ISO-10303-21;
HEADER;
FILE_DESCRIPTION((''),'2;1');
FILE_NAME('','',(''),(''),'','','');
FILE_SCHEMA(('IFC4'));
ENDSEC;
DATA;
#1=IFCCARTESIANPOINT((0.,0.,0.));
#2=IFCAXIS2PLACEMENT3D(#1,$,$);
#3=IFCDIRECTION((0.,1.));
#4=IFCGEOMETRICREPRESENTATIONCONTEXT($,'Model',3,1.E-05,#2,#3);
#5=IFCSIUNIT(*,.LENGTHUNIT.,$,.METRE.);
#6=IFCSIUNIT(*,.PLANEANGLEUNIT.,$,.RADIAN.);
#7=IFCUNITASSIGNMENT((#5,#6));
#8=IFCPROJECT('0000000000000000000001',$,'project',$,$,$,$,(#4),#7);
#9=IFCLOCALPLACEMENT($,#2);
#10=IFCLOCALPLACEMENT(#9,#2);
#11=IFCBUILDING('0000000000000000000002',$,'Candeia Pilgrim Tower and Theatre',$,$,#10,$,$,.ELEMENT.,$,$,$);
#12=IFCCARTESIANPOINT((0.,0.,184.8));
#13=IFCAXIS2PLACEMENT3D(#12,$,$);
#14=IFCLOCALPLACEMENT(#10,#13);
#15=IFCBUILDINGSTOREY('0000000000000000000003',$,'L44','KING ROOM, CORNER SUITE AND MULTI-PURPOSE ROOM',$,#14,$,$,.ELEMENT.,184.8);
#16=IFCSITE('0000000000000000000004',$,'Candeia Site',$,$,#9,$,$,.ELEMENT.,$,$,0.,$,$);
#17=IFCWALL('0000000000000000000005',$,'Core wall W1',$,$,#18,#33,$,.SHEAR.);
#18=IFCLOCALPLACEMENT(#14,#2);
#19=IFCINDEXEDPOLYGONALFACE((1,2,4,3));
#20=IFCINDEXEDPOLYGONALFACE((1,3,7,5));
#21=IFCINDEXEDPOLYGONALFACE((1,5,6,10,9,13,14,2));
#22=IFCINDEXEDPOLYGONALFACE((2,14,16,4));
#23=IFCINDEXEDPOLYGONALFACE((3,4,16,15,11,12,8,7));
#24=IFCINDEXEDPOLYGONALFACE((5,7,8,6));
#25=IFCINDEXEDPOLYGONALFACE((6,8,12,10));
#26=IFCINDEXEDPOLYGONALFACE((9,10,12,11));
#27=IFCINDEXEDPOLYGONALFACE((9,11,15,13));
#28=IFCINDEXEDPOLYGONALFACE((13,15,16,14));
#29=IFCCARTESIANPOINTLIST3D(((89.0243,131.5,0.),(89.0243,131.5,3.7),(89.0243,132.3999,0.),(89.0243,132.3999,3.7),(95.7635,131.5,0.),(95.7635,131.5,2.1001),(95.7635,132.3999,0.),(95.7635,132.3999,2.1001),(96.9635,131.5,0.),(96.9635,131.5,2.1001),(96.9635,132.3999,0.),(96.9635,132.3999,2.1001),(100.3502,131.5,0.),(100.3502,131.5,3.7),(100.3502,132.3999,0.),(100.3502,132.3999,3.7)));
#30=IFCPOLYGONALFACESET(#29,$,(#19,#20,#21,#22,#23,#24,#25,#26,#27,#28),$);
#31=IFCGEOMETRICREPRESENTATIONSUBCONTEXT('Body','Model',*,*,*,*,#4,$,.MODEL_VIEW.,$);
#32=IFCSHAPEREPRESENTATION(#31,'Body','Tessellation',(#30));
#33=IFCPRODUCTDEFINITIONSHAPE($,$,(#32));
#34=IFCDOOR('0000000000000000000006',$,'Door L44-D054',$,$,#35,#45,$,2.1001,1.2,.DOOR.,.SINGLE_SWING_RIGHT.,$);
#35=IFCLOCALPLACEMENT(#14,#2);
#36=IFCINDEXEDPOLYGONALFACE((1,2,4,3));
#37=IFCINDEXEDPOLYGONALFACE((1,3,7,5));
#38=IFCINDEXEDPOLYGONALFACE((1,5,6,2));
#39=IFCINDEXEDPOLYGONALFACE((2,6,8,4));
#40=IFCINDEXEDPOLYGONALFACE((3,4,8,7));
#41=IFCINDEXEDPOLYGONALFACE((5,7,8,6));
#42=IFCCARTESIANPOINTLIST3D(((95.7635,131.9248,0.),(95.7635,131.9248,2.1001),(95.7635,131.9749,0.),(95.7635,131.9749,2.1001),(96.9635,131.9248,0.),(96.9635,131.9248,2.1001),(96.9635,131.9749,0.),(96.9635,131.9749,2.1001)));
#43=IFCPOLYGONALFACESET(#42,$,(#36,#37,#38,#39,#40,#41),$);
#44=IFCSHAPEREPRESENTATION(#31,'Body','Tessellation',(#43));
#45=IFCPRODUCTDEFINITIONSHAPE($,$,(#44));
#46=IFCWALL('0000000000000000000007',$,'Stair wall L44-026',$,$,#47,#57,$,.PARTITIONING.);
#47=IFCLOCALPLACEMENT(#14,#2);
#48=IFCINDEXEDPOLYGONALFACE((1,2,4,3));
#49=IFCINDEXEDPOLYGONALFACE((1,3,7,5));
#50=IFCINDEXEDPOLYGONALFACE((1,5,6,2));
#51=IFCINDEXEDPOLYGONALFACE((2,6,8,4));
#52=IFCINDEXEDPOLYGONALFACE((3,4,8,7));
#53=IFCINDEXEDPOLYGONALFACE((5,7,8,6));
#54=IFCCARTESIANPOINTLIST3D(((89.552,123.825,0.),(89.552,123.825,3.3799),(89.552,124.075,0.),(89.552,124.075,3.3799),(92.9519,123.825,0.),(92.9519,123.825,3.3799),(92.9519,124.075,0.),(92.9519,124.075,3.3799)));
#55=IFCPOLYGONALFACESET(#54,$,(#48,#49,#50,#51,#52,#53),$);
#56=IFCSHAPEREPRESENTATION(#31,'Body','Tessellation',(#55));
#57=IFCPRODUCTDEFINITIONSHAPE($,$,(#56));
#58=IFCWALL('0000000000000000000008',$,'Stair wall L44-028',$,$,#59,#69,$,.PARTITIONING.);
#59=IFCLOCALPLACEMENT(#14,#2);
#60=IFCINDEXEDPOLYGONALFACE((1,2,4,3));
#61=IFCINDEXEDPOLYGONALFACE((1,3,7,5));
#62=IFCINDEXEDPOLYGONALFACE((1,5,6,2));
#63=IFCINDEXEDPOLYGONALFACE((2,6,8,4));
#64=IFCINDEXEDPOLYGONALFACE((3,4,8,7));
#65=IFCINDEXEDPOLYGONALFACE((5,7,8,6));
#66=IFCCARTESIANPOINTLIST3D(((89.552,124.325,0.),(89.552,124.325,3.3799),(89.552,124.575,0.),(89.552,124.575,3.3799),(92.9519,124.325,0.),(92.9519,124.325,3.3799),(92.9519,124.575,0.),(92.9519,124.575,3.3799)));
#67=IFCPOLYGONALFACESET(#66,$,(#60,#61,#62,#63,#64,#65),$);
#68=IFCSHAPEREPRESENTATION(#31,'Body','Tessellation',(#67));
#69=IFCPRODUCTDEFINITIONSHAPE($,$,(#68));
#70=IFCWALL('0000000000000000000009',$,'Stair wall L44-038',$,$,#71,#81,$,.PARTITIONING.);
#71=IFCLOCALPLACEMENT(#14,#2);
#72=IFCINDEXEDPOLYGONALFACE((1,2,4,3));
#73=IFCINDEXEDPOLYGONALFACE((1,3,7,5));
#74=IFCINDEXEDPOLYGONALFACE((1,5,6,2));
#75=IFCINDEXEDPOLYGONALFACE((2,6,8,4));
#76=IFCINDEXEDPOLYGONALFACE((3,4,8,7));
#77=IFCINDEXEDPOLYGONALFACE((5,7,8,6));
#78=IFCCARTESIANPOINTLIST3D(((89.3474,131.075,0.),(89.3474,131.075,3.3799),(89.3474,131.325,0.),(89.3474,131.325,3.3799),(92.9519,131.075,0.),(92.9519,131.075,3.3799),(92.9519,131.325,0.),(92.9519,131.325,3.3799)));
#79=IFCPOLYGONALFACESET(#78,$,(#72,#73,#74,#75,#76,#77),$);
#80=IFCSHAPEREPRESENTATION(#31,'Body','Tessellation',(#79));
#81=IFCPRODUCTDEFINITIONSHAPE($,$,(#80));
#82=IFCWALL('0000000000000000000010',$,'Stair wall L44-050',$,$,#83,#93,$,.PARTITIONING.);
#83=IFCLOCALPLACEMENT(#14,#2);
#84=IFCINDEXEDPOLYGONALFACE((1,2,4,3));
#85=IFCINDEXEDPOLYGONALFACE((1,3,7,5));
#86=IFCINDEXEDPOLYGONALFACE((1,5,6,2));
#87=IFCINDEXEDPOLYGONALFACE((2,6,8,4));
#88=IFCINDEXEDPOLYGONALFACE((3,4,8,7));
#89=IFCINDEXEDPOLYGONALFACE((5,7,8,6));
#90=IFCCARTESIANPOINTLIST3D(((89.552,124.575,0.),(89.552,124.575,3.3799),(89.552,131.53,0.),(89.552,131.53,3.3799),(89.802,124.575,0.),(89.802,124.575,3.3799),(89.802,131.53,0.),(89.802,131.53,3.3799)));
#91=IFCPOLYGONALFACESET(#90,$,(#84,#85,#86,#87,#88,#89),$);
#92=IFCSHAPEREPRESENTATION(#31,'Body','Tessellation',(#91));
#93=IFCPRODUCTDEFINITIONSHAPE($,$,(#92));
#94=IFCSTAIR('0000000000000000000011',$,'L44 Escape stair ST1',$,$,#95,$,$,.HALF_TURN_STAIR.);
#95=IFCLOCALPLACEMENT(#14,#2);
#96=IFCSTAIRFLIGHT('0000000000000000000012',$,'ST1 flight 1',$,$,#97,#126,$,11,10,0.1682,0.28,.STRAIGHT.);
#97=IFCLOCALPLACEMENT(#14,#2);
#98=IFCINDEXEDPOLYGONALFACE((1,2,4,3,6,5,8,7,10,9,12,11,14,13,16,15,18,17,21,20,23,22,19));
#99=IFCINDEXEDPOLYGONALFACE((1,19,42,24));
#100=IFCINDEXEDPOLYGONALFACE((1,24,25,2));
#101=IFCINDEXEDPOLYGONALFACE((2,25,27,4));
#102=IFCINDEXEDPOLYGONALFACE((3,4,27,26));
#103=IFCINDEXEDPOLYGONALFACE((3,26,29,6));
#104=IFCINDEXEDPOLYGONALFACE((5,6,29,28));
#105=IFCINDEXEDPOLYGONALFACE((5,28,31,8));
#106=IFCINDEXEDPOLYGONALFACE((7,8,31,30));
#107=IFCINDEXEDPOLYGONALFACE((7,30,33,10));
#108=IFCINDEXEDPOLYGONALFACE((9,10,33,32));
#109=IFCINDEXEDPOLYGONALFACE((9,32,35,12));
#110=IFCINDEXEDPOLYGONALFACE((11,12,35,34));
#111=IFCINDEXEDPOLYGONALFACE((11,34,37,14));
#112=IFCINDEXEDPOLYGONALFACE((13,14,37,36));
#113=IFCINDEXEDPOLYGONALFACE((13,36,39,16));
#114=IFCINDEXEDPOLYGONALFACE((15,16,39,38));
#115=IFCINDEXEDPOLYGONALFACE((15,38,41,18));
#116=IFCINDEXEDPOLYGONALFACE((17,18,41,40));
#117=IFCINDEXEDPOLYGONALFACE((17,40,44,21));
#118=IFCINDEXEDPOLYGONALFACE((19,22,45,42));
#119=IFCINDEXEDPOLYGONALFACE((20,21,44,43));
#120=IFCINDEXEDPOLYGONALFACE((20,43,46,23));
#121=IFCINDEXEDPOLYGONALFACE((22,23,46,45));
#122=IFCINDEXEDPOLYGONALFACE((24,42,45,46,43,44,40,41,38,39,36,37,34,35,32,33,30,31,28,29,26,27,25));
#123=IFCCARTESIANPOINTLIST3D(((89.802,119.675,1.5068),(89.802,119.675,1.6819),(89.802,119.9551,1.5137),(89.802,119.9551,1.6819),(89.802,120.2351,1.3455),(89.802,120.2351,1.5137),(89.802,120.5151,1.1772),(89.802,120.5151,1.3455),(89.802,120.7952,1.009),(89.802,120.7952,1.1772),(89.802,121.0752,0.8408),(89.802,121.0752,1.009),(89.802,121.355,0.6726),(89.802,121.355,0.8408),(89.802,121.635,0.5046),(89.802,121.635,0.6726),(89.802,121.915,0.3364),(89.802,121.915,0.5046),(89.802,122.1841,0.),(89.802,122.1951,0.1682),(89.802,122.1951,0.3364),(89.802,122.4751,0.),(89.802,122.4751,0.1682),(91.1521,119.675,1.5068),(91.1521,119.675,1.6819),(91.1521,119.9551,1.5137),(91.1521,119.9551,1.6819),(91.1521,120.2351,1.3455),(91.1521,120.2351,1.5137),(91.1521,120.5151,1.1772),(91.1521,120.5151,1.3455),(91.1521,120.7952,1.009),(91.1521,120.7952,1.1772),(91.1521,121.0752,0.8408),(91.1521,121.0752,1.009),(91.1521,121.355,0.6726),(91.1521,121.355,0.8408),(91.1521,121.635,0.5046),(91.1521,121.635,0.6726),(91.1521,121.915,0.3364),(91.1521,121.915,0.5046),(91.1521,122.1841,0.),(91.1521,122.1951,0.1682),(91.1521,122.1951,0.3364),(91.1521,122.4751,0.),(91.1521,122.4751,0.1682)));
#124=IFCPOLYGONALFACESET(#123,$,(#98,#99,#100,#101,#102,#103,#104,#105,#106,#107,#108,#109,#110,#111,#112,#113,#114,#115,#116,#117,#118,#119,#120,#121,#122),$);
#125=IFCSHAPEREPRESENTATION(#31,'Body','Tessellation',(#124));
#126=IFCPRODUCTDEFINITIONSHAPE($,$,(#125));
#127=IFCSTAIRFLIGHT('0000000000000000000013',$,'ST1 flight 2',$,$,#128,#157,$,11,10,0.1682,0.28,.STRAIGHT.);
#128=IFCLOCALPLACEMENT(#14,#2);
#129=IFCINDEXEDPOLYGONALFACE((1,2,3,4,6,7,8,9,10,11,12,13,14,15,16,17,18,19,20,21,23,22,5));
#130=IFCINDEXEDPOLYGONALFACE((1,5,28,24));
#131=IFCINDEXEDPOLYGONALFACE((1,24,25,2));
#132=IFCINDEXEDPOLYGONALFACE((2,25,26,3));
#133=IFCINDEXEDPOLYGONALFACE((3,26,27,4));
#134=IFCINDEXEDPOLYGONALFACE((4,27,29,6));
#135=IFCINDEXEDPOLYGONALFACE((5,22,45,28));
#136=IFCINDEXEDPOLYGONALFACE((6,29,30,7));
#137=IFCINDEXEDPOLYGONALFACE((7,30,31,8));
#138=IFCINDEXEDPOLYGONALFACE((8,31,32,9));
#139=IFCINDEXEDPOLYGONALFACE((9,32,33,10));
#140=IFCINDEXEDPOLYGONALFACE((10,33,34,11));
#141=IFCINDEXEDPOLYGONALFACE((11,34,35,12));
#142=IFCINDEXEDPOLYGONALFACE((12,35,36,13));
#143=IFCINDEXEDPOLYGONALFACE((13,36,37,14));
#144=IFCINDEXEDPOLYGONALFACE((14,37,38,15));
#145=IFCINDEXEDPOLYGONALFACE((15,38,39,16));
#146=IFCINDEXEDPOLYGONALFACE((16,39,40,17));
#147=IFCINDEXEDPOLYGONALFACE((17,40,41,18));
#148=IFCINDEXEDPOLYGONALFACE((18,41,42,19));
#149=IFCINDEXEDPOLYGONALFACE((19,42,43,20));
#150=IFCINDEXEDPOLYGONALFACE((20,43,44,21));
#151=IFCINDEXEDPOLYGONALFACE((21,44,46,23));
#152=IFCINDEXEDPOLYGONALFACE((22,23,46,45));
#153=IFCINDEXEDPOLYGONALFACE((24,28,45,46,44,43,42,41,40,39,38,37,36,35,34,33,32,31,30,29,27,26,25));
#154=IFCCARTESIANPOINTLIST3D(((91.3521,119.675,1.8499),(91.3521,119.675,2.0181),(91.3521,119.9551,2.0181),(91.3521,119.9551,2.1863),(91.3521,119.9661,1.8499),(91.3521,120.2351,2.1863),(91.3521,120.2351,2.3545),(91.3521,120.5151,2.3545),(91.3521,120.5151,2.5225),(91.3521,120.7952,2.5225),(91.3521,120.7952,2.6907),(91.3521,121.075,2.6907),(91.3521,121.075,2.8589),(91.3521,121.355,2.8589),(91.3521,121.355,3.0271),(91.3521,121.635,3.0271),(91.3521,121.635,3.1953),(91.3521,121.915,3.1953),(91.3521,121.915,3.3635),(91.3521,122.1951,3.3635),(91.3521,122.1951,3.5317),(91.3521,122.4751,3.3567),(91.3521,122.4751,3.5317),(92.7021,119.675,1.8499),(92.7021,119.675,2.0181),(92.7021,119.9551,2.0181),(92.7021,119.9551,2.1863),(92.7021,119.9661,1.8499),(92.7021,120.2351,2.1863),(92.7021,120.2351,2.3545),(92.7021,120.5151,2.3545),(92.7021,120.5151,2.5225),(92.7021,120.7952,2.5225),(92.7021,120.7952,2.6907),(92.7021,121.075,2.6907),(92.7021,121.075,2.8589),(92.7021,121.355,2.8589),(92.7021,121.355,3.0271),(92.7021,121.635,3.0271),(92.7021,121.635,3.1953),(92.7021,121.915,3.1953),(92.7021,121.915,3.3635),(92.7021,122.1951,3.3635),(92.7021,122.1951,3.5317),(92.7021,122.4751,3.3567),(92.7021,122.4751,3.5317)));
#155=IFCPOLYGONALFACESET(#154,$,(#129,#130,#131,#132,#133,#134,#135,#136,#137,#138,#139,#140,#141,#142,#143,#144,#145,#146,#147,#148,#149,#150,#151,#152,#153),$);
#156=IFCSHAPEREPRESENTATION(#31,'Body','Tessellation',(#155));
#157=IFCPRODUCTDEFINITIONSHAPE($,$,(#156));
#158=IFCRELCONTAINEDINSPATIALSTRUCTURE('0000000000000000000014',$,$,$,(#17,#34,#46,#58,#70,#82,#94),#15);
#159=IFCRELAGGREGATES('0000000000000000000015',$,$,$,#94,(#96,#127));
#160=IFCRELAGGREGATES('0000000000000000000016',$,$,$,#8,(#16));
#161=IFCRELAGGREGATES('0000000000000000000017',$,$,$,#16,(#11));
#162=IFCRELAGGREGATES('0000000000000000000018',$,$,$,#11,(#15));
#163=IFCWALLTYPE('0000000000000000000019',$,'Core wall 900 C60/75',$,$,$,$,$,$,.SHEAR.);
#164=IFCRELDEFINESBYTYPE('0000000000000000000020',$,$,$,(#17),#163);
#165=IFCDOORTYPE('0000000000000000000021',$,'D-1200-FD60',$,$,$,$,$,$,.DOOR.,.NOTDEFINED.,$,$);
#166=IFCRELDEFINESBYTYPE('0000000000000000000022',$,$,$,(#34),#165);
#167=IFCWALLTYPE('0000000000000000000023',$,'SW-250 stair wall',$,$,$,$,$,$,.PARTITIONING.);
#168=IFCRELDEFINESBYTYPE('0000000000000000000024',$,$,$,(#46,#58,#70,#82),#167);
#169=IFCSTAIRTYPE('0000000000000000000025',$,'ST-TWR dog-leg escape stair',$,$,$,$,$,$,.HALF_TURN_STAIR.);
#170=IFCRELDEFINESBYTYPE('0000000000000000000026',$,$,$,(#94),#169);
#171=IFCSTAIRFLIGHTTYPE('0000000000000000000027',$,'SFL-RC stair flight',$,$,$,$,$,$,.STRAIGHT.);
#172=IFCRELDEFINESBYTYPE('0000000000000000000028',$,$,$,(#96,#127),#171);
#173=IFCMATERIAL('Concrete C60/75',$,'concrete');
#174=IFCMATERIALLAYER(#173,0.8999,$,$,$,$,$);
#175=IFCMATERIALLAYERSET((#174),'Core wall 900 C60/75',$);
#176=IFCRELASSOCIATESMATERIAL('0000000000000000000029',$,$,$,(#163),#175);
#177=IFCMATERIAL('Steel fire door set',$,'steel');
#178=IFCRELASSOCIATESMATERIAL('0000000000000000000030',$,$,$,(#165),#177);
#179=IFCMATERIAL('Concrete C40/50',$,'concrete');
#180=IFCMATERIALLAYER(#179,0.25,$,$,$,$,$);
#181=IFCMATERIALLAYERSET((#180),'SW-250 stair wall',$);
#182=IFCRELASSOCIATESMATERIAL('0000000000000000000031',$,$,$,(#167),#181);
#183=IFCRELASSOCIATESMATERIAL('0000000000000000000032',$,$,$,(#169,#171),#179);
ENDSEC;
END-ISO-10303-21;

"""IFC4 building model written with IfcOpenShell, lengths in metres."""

from ifc_helpers import new_model, si_unit, direction, frame, frame_2d, origin, place, context, subcontext, project, spatial, polyline, rectangle, outline, extrude, material, layer, layer_set, type_object, element, fill, aggregate, save


model = new_model("IFC4")

# Units and contexts
model_context = context("Model", 3, precision=1e-05, world=origin(), true_north=direction((0.0, 1.0)))
body_context = subcontext(model_context, "Body", "Model", "MODEL_VIEW")
ifc_project = project(units=[si_unit("LENGTHUNIT", "METRE"), si_unit("PLANEANGLEUNIT", "RADIAN")], contexts=[model_context])

# Site, building, storey
site_placement = place(None, origin())
site = spatial("IfcSite", under=ifc_project, at=site_placement, Name="Candeia Site", CompositionType="ELEMENT", RefElevation=0.0)
building_placement = place(site_placement, origin())
building = spatial("IfcBuilding", under=site, at=building_placement, Name="Candeia Pilgrim Tower and Theatre", CompositionType="ELEMENT")
storey_placement = place(building_placement, frame((0.0, 0.0, 184.8)))
storey = spatial("IfcBuildingStorey", under=building, at=storey_placement, Name="L44", Description="KING ROOM, CORNER SUITE AND MULTI-PURPOSE ROOM", CompositionType="ELEMENT", Elevation=184.8)

# Wall, opening, door
ifc_material_1 = material(Name="Concrete C60/75", Category="concrete")
ifc_layer_1 = layer(ifc_material_1, 0.8999)
ifc_layer_set_1 = layer_set([ifc_layer_1], Name="Core wall 900 C60/75")
wall_type_1 = type_object("IfcWallType", Name="Core wall 900 C60/75", PredefinedType="SHEAR", material=ifc_layer_set_1)
wall_1_placement = place(storey_placement, frame((89.0242, 131.95, 0.0), z_axis=(0.0, 0.0, 1.0), x_axis=(1.0, 0.0, 0.0)))
wall_1 = element("IfcWall", 1, at=wall_1_placement, inside=storey, type_object=wall_type_1, Name="Core wall W1", PredefinedType="SHEAR", context=body_context, shape_type="SweptSolid", body=[
    extrude(rectangle(XDim=11.3259, YDim=0.8999, at=frame_2d((5.6631, 0.0))), origin(), (0.0, 0.0, 1.0), 3.7),
])
opening_placement = place(wall_1_placement, frame((6.7393, 0.0, 0.0)))
opening = element("IfcOpeningElement", 2, at=opening_placement, cuts=wall_1, PredefinedType="OPENING", context=body_context, shape_type="SweptSolid", body=[
    extrude(rectangle(XDim=1.2, YDim=2.1001, at=frame_2d((0.6001, 1.05))), frame((0.0, 0.46, 0.0), z_axis=(0.0, -1.0, 0.0), x_axis=(1.0, 0.0, 0.0)), (0.0, 0.0, 1.0), 0.9199),
])
ifc_material_2 = material(Name="Steel fire door set", Category="steel")
door_type = type_object("IfcDoorType", Name="D-1200-FD60", OperationType="NOTDEFINED", PredefinedType="DOOR", material=ifc_material_2)
door_placement = place(opening_placement, origin())
door = element("IfcDoor", 3, at=door_placement, inside=storey, type_object=door_type, Name="Door L44-D054", OperationType="SINGLE_SWING_RIGHT", OverallHeight=2.1001, OverallWidth=1.2, PredefinedType="DOOR", context=body_context, shape_type="SweptSolid", body=[
    extrude(rectangle(XDim=1.2, YDim=2.1001, at=frame_2d((0.6001, 1.05))), frame((0.0, 0.0249, 0.0), z_axis=(0.0, -1.0, 0.0), x_axis=(1.0, 0.0, 0.0)), (0.0, 0.0, 1.0), 0.05),
])
fill(opening, door)

# Walls
ifc_material_3 = material(Name="Concrete C40/50", Category="concrete")
ifc_layer_2 = layer(ifc_material_3, 0.25)
ifc_layer_set_2 = layer_set([ifc_layer_2], Name="SW-250 stair wall")
wall_type_2 = type_object("IfcWallType", Name="SW-250 stair wall", PredefinedType="PARTITIONING", material=ifc_layer_set_2)
for number, where, z_axis, x_axis, name in (
    (4, (89.552, 123.95, 0.0), (0.0, 0.0, 1.0), (1.0, 0.0, 0.0), "Stair wall L44-026"),
    (5, (89.552, 124.45, 0.0), (0.0, 0.0, 1.0), (1.0, 0.0, 0.0), "Stair wall L44-028"),
):
    element("IfcWall", number, at=place(storey_placement, frame(where, z_axis=z_axis, x_axis=x_axis)), inside=storey, type_object=wall_type_2, Name=name, PredefinedType="PARTITIONING", context=body_context, shape_type="SweptSolid", body=[
        extrude(rectangle(XDim=3.3999, YDim=0.25, at=frame_2d((1.7, 0.0))), origin(), (0.0, 0.0, 1.0), 3.3799),
    ])
wall_2_placement = place(storey_placement, frame((89.3474, 131.2, 0.0), z_axis=(0.0, 0.0, 1.0), x_axis=(1.0, 0.0, 0.0)))
element("IfcWall", 6, at=wall_2_placement, inside=storey, type_object=wall_type_2, Name="Stair wall L44-038", PredefinedType="PARTITIONING", context=body_context, shape_type="SweptSolid", body=[
    extrude(rectangle(XDim=3.6045, YDim=0.25, at=frame_2d((1.8022, 0.0))), origin(), (0.0, 0.0, 1.0), 3.3799),
])
wall_3_placement = place(storey_placement, frame((89.677, 124.575, 0.0), z_axis=(0.0, 0.0, 1.0), x_axis=(0.0, 1.0, 0.0)))
element("IfcWall", 7, at=wall_3_placement, inside=storey, type_object=wall_type_2, Name="Stair wall L44-050", PredefinedType="PARTITIONING", context=body_context, shape_type="SweptSolid", body=[
    extrude(rectangle(XDim=6.9551, YDim=0.25, at=frame_2d((3.4775, 0.0))), origin(), (0.0, 0.0, 1.0), 3.3799),
])

# Stair, stair flights
stair_type = type_object("IfcStairType", Name="ST-TWR dog-leg escape stair", PredefinedType="HALF_TURN_STAIR", material=ifc_material_3)
stair_1_placement = place(storey_placement, origin())
stair_1 = element("IfcStair", 8, at=stair_1_placement, inside=storey, type_object=stair_type, Name="L44 Escape stair ST1", PredefinedType="HALF_TURN_STAIR")
stair_flight_type = type_object("IfcStairFlightType", Name="SFL-RC stair flight", PredefinedType="STRAIGHT", material=ifc_material_3)
stair_flight_1_placement = place(storey_placement, frame((90.4771, 122.4751, 0.0), z_axis=(0.0, 0.0, 1.0), x_axis=(0.0, -1.0, 0.0)))
stair_flight_1 = element("IfcStairFlight", 9, at=stair_flight_1_placement, type_object=stair_flight_type, Name="ST1 flight 1", NumberOfRisers=11, NumberOfTreads=10, PredefinedType="STRAIGHT", RiserHeight=0.1682, TreadLength=0.28, context=body_context, shape_type="SweptSolid", body=[
    extrude(outline(polyline([(0.0, 0.0), (0.0, 0.1682), (0.28, 0.1682), (0.28, 0.3364), (0.5601, 0.3364), (0.5601, 0.5046), (0.8401, 0.5046), (0.8401, 0.6726), (1.1201, 0.6726), (1.1201, 0.8408), (1.3999, 0.8408), (1.3999, 1.009), (1.6799, 1.009), (1.6799, 1.1772), (1.96, 1.1772), (1.96, 1.3455), (2.24, 1.3455), (2.24, 1.5137), (2.52, 1.5137), (2.52, 1.6819), (2.8, 1.6819), (2.8, 1.8501), (2.8, 1.5068), (0.291, 0.0), (0.0, 0.0)])), frame((0.0, 0.675, 0.0), z_axis=(0.0, -1.0, 0.0), x_axis=(1.0, 0.0, 0.0)), (0.0, 0.0, 1.0), 1.3501),
])
stair_flight_2_placement = place(storey_placement, frame((92.0271, 119.675, 1.8499), z_axis=(0.0, 0.0, 1.0), x_axis=(0.0, 1.0, 0.0)))
stair_flight_2 = element("IfcStairFlight", 10, at=stair_flight_2_placement, type_object=stair_flight_type, Name="ST1 flight 2", NumberOfRisers=11, NumberOfTreads=10, PredefinedType="STRAIGHT", RiserHeight=0.1682, TreadLength=0.28, context=body_context, shape_type="SweptSolid", body=[
    extrude(outline(polyline([(0.0, 0.0), (0.0, 0.1682), (0.28, 0.1682), (0.28, 0.3364), (0.5601, 0.3364), (0.5601, 0.5046), (0.8401, 0.5046), (0.8401, 0.6726), (1.1201, 0.6726), (1.1201, 0.8408), (1.3999, 0.8408), (1.3999, 1.009), (1.6799, 1.009), (1.6799, 1.1772), (1.96, 1.1772), (1.96, 1.3455), (2.24, 1.3455), (2.24, 1.5137), (2.52, 1.5137), (2.52, 1.6819), (2.8, 1.6819), (2.8, 1.8501), (2.8, 1.5068), (0.291, 0.0), (0.0, 0.0)])), frame((0.0, 0.675, 0.0), z_axis=(0.0, -1.0, 0.0), x_axis=(1.0, 0.0, 0.0)), (0.0, 0.0, 1.0), 1.3501),
])
aggregate(stair_1, [stair_flight_1, stair_flight_2])

save(model, "model.ifc")
